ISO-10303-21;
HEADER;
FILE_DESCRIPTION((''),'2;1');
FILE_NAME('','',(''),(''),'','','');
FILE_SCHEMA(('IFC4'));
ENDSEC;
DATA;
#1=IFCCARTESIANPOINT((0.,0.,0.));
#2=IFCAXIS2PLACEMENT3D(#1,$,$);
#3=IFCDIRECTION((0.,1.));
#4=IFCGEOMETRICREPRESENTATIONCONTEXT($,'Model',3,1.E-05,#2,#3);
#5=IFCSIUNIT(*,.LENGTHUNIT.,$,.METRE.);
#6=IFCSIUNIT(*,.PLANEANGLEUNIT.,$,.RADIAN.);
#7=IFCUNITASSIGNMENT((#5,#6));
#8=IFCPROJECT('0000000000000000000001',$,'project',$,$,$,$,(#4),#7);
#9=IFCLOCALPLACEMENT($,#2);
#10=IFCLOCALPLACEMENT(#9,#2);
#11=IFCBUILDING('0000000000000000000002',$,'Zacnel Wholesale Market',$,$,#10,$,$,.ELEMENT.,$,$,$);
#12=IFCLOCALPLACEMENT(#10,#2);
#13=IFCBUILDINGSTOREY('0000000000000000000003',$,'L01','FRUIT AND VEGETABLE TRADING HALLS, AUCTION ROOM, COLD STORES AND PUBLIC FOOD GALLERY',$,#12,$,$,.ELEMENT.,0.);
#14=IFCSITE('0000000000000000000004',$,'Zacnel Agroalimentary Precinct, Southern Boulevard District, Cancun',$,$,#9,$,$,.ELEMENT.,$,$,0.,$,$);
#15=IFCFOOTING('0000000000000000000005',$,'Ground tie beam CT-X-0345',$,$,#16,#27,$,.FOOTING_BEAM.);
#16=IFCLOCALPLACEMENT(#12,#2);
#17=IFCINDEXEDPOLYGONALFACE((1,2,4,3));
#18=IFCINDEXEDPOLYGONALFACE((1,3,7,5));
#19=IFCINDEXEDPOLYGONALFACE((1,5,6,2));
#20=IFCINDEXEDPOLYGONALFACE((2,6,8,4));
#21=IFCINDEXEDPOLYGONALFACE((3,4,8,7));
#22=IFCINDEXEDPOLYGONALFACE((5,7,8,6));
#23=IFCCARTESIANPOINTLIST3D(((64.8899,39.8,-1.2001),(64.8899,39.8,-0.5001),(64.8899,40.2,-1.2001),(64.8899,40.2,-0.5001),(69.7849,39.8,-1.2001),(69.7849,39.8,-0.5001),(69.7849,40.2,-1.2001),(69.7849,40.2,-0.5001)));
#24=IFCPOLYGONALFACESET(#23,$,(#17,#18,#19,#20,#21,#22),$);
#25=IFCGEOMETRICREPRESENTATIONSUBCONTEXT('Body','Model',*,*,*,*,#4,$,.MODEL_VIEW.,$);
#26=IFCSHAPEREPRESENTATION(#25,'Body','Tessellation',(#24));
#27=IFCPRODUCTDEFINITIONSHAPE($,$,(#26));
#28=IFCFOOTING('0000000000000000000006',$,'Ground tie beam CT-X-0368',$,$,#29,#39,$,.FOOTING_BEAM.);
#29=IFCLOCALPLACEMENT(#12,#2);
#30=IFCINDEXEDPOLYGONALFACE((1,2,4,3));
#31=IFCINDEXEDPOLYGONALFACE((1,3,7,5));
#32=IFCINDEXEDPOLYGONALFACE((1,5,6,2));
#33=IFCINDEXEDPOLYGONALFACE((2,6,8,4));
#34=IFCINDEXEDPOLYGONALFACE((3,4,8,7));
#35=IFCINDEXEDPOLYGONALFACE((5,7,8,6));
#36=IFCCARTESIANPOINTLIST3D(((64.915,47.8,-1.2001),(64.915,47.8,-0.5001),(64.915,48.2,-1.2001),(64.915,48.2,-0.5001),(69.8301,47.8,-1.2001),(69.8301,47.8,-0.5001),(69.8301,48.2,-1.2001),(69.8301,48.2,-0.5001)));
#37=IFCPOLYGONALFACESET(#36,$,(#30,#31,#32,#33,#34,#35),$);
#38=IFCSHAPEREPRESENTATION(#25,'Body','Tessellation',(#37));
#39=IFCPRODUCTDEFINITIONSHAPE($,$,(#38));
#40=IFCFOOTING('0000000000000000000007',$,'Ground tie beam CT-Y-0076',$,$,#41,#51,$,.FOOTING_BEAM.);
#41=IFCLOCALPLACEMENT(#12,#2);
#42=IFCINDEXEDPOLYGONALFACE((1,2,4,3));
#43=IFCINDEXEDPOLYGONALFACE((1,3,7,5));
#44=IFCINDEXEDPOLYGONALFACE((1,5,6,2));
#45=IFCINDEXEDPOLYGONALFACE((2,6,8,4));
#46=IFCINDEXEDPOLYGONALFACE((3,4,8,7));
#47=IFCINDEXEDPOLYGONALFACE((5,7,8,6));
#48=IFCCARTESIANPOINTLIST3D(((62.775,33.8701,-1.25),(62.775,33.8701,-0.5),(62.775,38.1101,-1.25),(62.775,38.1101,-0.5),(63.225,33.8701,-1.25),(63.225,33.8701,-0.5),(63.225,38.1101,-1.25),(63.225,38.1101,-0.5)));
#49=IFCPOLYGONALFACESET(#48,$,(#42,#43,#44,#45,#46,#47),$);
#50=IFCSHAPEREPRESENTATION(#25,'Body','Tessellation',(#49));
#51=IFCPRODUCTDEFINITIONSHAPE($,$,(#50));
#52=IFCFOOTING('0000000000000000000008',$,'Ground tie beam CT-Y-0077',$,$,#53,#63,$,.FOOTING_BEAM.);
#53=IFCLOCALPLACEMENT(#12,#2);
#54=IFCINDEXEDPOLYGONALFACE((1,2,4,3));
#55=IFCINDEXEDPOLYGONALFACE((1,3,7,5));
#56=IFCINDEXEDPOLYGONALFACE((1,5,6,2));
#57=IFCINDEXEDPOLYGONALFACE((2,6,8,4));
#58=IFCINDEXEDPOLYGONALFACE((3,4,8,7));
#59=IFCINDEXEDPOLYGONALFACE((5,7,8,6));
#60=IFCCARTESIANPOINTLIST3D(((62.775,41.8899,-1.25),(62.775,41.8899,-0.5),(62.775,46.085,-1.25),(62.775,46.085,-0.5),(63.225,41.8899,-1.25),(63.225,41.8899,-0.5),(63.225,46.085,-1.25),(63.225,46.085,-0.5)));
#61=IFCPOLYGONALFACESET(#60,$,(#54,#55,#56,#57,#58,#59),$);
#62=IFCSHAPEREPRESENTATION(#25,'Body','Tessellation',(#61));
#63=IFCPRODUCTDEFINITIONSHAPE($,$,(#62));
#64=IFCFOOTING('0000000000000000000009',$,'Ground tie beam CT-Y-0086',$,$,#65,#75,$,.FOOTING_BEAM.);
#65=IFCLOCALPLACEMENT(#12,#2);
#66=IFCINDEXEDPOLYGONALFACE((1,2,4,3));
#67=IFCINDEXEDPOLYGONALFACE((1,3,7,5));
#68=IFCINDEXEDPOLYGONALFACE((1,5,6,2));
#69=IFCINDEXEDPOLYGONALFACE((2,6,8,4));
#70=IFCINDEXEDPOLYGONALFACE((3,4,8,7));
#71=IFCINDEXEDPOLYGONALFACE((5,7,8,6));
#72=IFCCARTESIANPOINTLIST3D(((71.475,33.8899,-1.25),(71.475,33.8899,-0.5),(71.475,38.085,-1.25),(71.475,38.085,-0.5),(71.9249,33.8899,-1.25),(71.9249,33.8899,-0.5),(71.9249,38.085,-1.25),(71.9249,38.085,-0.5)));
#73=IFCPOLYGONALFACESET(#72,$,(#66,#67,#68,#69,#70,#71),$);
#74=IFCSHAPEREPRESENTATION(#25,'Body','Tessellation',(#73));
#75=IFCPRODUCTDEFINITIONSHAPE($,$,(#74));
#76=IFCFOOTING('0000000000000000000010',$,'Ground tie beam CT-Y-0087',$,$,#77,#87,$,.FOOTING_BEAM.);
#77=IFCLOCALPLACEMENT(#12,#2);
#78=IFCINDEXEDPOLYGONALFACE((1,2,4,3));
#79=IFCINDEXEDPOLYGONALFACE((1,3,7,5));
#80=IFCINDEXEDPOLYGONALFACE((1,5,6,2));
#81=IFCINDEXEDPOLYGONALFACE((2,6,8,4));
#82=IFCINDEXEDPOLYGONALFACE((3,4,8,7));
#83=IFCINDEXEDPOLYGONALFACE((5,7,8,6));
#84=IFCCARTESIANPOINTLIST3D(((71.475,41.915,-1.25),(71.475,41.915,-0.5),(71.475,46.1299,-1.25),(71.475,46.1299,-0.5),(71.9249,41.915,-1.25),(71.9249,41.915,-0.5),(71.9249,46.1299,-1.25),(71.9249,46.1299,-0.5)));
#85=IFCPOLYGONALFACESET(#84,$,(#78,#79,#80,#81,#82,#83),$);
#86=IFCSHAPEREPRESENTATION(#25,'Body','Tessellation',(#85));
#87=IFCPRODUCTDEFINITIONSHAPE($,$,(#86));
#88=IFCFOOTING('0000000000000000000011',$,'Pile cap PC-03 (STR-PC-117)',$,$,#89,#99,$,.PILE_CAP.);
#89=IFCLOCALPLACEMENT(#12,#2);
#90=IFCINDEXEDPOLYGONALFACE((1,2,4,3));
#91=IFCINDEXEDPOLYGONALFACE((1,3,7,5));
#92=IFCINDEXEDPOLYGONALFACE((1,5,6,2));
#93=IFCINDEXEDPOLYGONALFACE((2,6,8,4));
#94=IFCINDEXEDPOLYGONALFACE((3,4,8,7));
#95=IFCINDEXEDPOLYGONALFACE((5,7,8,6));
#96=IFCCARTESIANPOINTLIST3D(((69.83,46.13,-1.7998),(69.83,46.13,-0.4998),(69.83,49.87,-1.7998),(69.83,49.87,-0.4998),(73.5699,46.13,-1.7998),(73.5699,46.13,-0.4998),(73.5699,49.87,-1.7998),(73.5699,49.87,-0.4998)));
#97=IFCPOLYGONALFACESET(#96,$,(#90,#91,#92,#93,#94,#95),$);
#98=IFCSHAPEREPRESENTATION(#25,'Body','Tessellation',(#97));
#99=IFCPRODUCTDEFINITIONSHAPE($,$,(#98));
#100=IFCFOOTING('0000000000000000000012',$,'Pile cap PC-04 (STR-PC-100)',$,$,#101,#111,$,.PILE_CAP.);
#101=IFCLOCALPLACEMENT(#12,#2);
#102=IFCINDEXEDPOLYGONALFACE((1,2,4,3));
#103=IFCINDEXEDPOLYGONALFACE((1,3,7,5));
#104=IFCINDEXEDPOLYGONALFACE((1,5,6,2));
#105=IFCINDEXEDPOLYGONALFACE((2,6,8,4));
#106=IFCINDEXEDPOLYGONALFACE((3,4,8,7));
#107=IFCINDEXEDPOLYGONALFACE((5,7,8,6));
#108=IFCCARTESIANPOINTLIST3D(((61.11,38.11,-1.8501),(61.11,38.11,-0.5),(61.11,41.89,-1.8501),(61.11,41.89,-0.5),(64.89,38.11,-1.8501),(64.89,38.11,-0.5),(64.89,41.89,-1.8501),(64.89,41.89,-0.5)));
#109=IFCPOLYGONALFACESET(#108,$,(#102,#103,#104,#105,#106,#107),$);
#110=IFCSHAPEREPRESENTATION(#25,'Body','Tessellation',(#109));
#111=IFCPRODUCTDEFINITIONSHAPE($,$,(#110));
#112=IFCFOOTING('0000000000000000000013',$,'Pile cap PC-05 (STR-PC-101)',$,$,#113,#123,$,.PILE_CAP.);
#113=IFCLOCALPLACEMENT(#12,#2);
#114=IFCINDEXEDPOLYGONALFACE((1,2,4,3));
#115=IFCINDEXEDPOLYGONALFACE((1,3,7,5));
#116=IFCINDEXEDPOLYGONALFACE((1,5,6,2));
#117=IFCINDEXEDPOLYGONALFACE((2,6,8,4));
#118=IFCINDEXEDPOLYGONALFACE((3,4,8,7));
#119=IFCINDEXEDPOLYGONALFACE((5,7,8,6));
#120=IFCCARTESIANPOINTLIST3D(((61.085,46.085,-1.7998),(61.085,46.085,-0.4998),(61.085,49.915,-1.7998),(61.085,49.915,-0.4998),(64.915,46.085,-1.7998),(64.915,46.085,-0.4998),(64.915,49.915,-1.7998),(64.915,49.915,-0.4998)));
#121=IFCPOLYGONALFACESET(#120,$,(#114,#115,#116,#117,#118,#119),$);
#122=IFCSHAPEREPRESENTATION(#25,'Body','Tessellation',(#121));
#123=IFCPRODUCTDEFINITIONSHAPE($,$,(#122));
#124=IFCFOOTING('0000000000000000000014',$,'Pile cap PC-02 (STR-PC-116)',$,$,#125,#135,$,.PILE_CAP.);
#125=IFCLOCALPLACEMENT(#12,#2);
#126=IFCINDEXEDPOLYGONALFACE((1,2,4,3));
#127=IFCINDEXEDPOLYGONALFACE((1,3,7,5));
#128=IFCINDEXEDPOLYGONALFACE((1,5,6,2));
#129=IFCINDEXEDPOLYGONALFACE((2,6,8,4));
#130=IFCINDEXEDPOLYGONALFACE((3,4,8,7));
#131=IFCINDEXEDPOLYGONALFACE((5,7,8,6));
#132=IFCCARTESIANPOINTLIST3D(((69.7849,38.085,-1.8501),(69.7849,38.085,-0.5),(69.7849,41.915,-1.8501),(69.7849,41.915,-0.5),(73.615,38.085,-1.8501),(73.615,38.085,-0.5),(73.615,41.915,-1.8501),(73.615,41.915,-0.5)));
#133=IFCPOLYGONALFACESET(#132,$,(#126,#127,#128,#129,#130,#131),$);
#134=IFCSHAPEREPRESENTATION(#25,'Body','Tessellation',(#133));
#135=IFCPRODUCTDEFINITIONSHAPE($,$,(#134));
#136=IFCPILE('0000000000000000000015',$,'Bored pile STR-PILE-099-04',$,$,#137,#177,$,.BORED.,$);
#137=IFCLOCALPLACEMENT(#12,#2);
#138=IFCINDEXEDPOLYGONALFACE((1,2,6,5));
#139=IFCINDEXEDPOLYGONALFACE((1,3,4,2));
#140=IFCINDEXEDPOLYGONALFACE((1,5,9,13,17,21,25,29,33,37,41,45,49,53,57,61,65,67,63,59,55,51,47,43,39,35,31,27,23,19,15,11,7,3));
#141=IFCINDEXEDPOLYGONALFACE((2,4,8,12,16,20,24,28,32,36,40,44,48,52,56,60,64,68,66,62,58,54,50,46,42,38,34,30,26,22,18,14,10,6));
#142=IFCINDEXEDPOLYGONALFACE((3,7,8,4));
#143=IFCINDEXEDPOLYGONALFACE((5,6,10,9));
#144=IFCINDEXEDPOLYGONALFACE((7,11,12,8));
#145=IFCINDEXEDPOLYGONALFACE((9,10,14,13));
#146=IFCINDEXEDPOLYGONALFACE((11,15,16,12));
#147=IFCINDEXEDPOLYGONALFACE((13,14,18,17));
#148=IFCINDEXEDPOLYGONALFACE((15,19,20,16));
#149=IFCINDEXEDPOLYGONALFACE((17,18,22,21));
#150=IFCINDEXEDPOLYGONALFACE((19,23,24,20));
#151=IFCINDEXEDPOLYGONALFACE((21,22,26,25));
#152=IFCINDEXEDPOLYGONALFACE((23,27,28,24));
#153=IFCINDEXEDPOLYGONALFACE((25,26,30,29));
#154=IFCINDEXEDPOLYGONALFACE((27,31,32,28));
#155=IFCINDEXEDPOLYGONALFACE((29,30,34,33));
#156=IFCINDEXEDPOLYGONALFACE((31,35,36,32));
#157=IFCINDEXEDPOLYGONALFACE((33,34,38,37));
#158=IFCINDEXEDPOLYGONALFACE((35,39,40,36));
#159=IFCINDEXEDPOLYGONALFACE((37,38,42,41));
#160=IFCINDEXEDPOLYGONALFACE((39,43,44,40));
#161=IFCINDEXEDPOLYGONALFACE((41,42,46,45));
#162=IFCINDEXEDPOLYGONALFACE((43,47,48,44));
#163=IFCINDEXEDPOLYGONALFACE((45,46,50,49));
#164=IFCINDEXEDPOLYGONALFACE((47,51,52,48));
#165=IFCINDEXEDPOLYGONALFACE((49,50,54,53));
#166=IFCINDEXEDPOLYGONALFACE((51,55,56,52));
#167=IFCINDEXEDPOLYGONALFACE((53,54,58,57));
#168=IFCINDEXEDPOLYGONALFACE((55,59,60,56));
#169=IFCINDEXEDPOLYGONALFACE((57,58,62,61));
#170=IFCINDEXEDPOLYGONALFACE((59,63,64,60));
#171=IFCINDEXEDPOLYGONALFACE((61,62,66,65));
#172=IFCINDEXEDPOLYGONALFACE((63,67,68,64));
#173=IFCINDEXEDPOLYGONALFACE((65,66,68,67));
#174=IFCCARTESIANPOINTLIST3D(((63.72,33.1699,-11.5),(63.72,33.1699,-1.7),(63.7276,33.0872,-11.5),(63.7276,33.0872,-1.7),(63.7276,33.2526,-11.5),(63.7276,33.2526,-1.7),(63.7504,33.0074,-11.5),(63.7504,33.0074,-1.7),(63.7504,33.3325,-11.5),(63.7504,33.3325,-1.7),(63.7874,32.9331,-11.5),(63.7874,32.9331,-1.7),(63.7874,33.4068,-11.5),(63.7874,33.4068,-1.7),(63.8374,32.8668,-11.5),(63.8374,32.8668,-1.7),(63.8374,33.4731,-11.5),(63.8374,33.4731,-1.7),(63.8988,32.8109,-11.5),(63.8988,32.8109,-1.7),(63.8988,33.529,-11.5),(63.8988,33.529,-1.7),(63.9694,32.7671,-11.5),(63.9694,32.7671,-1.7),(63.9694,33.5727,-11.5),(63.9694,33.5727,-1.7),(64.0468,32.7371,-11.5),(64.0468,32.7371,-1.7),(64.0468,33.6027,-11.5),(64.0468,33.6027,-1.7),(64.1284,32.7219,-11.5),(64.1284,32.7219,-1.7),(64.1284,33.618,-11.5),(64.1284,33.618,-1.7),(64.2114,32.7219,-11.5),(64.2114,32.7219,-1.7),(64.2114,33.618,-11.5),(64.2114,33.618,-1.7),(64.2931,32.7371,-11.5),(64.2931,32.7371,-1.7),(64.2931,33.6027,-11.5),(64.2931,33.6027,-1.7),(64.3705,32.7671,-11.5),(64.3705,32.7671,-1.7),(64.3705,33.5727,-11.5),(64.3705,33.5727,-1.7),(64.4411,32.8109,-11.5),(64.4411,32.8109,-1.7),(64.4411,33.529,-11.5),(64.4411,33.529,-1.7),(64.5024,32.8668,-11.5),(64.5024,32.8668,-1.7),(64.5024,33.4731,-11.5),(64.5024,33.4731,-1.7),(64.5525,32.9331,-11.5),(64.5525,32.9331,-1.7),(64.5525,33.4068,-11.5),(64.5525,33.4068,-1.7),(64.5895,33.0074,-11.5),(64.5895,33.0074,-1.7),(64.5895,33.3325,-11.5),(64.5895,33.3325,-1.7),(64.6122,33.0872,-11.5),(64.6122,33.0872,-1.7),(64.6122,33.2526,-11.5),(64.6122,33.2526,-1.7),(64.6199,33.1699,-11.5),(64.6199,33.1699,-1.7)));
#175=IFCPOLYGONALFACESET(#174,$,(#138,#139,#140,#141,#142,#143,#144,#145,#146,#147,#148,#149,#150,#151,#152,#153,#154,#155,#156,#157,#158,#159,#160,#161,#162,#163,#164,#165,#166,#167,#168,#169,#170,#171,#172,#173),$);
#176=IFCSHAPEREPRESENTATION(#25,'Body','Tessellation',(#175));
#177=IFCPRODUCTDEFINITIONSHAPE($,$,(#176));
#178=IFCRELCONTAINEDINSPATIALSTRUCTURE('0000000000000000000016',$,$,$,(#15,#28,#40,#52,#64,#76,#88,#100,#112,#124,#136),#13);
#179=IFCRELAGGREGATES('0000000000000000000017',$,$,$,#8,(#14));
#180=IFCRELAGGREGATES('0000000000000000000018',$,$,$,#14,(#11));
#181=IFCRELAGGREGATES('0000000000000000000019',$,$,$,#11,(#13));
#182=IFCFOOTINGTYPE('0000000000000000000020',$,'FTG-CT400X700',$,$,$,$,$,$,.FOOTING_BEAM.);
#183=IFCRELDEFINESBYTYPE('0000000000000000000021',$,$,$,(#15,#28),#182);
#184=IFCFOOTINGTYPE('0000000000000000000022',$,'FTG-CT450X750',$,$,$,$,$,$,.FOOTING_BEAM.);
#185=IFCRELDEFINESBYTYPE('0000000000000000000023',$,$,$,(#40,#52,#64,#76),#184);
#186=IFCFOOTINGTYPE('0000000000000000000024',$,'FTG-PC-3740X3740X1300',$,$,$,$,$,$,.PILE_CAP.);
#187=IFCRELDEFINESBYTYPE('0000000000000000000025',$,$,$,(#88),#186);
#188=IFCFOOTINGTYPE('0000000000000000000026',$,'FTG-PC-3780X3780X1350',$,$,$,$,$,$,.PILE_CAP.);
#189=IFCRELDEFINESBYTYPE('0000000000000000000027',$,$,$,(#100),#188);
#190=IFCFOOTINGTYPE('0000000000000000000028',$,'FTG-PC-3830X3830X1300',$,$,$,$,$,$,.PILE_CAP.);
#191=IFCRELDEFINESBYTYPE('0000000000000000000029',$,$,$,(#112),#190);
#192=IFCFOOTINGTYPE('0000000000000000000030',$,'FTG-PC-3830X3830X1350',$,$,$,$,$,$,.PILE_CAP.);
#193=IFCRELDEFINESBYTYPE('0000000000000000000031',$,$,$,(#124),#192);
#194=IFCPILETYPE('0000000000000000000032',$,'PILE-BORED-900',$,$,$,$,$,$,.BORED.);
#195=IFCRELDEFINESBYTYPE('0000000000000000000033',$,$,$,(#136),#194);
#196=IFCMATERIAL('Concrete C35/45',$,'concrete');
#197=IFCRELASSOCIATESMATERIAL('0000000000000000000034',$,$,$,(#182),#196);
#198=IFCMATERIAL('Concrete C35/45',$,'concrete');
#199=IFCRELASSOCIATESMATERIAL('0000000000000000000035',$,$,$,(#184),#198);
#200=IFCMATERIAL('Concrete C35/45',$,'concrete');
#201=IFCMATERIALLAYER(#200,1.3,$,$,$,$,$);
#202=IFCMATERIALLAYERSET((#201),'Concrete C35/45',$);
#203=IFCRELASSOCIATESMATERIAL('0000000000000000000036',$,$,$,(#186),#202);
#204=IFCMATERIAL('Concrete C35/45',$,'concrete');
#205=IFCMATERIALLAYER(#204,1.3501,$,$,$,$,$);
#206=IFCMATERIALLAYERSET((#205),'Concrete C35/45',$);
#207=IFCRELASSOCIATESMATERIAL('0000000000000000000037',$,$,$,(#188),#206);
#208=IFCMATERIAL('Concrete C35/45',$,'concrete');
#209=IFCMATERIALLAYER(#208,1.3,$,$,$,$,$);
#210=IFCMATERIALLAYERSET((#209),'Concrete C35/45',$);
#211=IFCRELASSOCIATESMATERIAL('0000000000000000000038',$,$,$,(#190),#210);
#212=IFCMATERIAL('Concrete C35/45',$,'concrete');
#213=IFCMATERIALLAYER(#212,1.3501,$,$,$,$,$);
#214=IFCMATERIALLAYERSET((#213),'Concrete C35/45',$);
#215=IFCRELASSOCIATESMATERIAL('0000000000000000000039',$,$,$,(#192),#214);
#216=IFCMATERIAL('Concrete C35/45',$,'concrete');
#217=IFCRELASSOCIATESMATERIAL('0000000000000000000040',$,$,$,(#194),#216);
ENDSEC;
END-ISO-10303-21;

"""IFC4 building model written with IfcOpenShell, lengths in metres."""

from ifc_helpers import new_model, si_unit, direction, frame, origin, origin_2d, place, context, subcontext, project, spatial, rectangle, circle, extrude, material, layer, layer_set, material_profile, profile_set, type_object, element, save


model = new_model("IFC4")

# Units and contexts
model_context = context("Model", 3, precision=1e-05, world=origin(), true_north=direction((0.0, 1.0)))
body_context = subcontext(model_context, "Body", "Model", "MODEL_VIEW")
ifc_project = project(units=[si_unit("LENGTHUNIT", "METRE"), si_unit("PLANEANGLEUNIT", "RADIAN")], contexts=[model_context])

# Site, building, storey
site_placement = place(None, origin())
site = spatial("IfcSite", under=ifc_project, at=site_placement, Name="Zacnel Agroalimentary Precinct, Southern Boulevard District, Cancun", CompositionType="ELEMENT", RefElevation=0.0)
building_placement = place(site_placement, origin())
building = spatial("IfcBuilding", under=site, at=building_placement, Name="Zacnel Wholesale Market", CompositionType="ELEMENT")
storey_placement = place(building_placement, origin())
storey = spatial("IfcBuildingStorey", under=building, at=storey_placement, Name="L01", Description="FRUIT AND VEGETABLE TRADING HALLS, AUCTION ROOM, COLD STORES AND PUBLIC FOOD GALLERY", CompositionType="ELEMENT", Elevation=0.0)

# Footings
ifc_material_1 = material(Name="Concrete C35/45", Category="concrete")
ifc_material_profile_1 = material_profile(ifc_material_1, rectangle(XDim=0.3999, YDim=0.7, at=origin_2d()), Name="CT 400x700")
ifc_profile_set_1 = profile_set([ifc_material_profile_1], Name="Concrete C35/45")
footing_type_1 = type_object("IfcFootingType", Name="FTG-CT400X700", PredefinedType="FOOTING_BEAM", material=ifc_profile_set_1)
footing_1_placement = place(storey_placement, frame((64.8899, 40.0, -0.8501), z_axis=(1.0, 0.0, 0.0), x_axis=(0.0, 1.0, 0.0)))
element("IfcFooting", 1, at=footing_1_placement, inside=storey, type_object=footing_type_1, Name="Ground tie beam CT-X-0345", PredefinedType="FOOTING_BEAM", context=body_context, shape_type="SweptSolid", body=[
    extrude(rectangle(XDim=0.3999, YDim=0.7, at=origin_2d()), origin(), (0.0, 0.0, 1.0), 4.895),
])
footing_2_placement = place(storey_placement, frame((64.915, 48.0, -0.8501), z_axis=(1.0, 0.0, 0.0), x_axis=(0.0, 1.0, 0.0)))
element("IfcFooting", 2, at=footing_2_placement, inside=storey, type_object=footing_type_1, Name="Ground tie beam CT-X-0368", PredefinedType="FOOTING_BEAM", context=body_context, shape_type="SweptSolid", body=[
    extrude(rectangle(XDim=0.3999, YDim=0.7, at=origin_2d()), origin(), (0.0, 0.0, 1.0), 4.915),
])
ifc_material_2 = material(Name="Concrete C35/45", Category="concrete")
ifc_material_profile_2 = material_profile(ifc_material_2, rectangle(XDim=0.45, YDim=0.75, at=origin_2d()), Name="CT 450x750")
ifc_profile_set_2 = profile_set([ifc_material_profile_2], Name="Concrete C35/45")
footing_type_2 = type_object("IfcFootingType", Name="FTG-CT450X750", PredefinedType="FOOTING_BEAM", material=ifc_profile_set_2)
footing_3_placement = place(storey_placement, frame((63.0, 33.8701, -0.875), z_axis=(0.0, 1.0, 0.0), x_axis=(-1.0, 0.0, 0.0)))
element("IfcFooting", 3, at=footing_3_placement, inside=storey, type_object=footing_type_2, Name="Ground tie beam CT-Y-0076", PredefinedType="FOOTING_BEAM", context=body_context, shape_type="SweptSolid", body=[
    extrude(rectangle(XDim=0.45, YDim=0.75, at=origin_2d()), origin(), (0.0, 0.0, 1.0), 4.24),
])
for number, where, z_axis, x_axis, name in (
    (4, (63.0, 41.8899, -0.875), (0.0, 1.0, 0.0), (-1.0, 0.0, 0.0), "Ground tie beam CT-Y-0077"),
    (5, (71.7, 33.8899, -0.875), (0.0, 1.0, 0.0), (-1.0, 0.0, 0.0), "Ground tie beam CT-Y-0086"),
):
    element("IfcFooting", number, at=place(storey_placement, frame(where, z_axis=z_axis, x_axis=x_axis)), inside=storey, type_object=footing_type_2, Name=name, PredefinedType="FOOTING_BEAM", context=body_context, shape_type="SweptSolid", body=[
        extrude(rectangle(XDim=0.45, YDim=0.75, at=origin_2d()), origin(), (0.0, 0.0, 1.0), 4.1951),
    ])
footing_4_placement = place(storey_placement, frame((71.7, 41.915, -0.875), z_axis=(0.0, 1.0, 0.0), x_axis=(-1.0, 0.0, 0.0)))
element("IfcFooting", 6, at=footing_4_placement, inside=storey, type_object=footing_type_2, Name="Ground tie beam CT-Y-0087", PredefinedType="FOOTING_BEAM", context=body_context, shape_type="SweptSolid", body=[
    extrude(rectangle(XDim=0.45, YDim=0.75, at=origin_2d()), origin(), (0.0, 0.0, 1.0), 4.2148),
])
ifc_material_3 = material(Name="Concrete C35/45", Category="concrete")
ifc_layer_1 = layer(ifc_material_3, 1.3)
ifc_layer_set_1 = layer_set([ifc_layer_1], Name="Concrete C35/45")
footing_type_3 = type_object("IfcFootingType", Name="FTG-PC-3740X3740X1300", PredefinedType="PILE_CAP", material=ifc_layer_set_1)
footing_5_placement = place(storey_placement, frame((71.7, 48.0, -1.7998), z_axis=(0.0, 0.0, 1.0), x_axis=(1.0, 0.0, 0.0)))
element("IfcFooting", 7, at=footing_5_placement, inside=storey, type_object=footing_type_3, Name="Pile cap PC-03 (STR-PC-117)", PredefinedType="PILE_CAP", context=body_context, shape_type="SweptSolid", body=[
    extrude(rectangle(XDim=3.74, YDim=3.74, at=origin_2d()), origin(), (0.0, 0.0, 1.0), 1.3),
])
ifc_material_4 = material(Name="Concrete C35/45", Category="concrete")
ifc_layer_2 = layer(ifc_material_4, 1.3501)
ifc_layer_set_2 = layer_set([ifc_layer_2], Name="Concrete C35/45")
footing_type_4 = type_object("IfcFootingType", Name="FTG-PC-3780X3780X1350", PredefinedType="PILE_CAP", material=ifc_layer_set_2)
footing_6_placement = place(storey_placement, frame((63.0, 40.0, -1.8501), z_axis=(0.0, 0.0, 1.0), x_axis=(1.0, 0.0, 0.0)))
element("IfcFooting", 8, at=footing_6_placement, inside=storey, type_object=footing_type_4, Name="Pile cap PC-04 (STR-PC-100)", PredefinedType="PILE_CAP", context=body_context, shape_type="SweptSolid", body=[
    extrude(rectangle(XDim=3.78, YDim=3.78, at=origin_2d()), origin(), (0.0, 0.0, 1.0), 1.3501),
])
ifc_material_5 = material(Name="Concrete C35/45", Category="concrete")
ifc_layer_3 = layer(ifc_material_5, 1.3)
ifc_layer_set_3 = layer_set([ifc_layer_3], Name="Concrete C35/45")
footing_type_5 = type_object("IfcFootingType", Name="FTG-PC-3830X3830X1300", PredefinedType="PILE_CAP", material=ifc_layer_set_3)
footing_7_placement = place(storey_placement, frame((63.0, 48.0, -1.7998), z_axis=(0.0, 0.0, 1.0), x_axis=(1.0, 0.0, 0.0)))
element("IfcFooting", 9, at=footing_7_placement, inside=storey, type_object=footing_type_5, Name="Pile cap PC-05 (STR-PC-101)", PredefinedType="PILE_CAP", context=body_context, shape_type="SweptSolid", body=[
    extrude(rectangle(XDim=3.8301, YDim=3.8301, at=origin_2d()), origin(), (0.0, 0.0, 1.0), 1.3),
])
ifc_material_6 = material(Name="Concrete C35/45", Category="concrete")
ifc_layer_4 = layer(ifc_material_6, 1.3501)
ifc_layer_set_4 = layer_set([ifc_layer_4], Name="Concrete C35/45")
footing_type_6 = type_object("IfcFootingType", Name="FTG-PC-3830X3830X1350", PredefinedType="PILE_CAP", material=ifc_layer_set_4)
footing_8_placement = place(storey_placement, frame((71.7, 40.0, -1.8501), z_axis=(0.0, 0.0, 1.0), x_axis=(1.0, 0.0, 0.0)))
element("IfcFooting", 10, at=footing_8_placement, inside=storey, type_object=footing_type_6, Name="Pile cap PC-02 (STR-PC-116)", PredefinedType="PILE_CAP", context=body_context, shape_type="SweptSolid", body=[
    extrude(rectangle(XDim=3.8301, YDim=3.8301, at=origin_2d()), origin(), (0.0, 0.0, 1.0), 1.3501),
])

# Pile
ifc_material_7 = material(Name="Concrete C35/45", Category="concrete")
ifc_material_profile_3 = material_profile(ifc_material_7, circle(Radius=0.45, at=origin_2d()), Name="BORED PILE D900")
ifc_profile_set_3 = profile_set([ifc_material_profile_3], Name="Concrete C35/45")
pile_type = type_object("IfcPileType", Name="PILE-BORED-900", PredefinedType="BORED", material=ifc_profile_set_3)
pile_placement = place(storey_placement, frame((64.1699, 33.1699, -1.7), z_axis=(0.0, 0.0, -1.0), x_axis=(1.0, 0.0, 0.0)))
element("IfcPile", 11, at=pile_placement, inside=storey, type_object=pile_type, Name="Bored pile STR-PILE-099-04", PredefinedType="BORED", context=body_context, shape_type="SweptSolid", body=[
    extrude(circle(Radius=0.45, at=origin_2d()), origin(), (0.0, 0.0, 1.0), 9.8),
])

save(model, "model.ifc")
